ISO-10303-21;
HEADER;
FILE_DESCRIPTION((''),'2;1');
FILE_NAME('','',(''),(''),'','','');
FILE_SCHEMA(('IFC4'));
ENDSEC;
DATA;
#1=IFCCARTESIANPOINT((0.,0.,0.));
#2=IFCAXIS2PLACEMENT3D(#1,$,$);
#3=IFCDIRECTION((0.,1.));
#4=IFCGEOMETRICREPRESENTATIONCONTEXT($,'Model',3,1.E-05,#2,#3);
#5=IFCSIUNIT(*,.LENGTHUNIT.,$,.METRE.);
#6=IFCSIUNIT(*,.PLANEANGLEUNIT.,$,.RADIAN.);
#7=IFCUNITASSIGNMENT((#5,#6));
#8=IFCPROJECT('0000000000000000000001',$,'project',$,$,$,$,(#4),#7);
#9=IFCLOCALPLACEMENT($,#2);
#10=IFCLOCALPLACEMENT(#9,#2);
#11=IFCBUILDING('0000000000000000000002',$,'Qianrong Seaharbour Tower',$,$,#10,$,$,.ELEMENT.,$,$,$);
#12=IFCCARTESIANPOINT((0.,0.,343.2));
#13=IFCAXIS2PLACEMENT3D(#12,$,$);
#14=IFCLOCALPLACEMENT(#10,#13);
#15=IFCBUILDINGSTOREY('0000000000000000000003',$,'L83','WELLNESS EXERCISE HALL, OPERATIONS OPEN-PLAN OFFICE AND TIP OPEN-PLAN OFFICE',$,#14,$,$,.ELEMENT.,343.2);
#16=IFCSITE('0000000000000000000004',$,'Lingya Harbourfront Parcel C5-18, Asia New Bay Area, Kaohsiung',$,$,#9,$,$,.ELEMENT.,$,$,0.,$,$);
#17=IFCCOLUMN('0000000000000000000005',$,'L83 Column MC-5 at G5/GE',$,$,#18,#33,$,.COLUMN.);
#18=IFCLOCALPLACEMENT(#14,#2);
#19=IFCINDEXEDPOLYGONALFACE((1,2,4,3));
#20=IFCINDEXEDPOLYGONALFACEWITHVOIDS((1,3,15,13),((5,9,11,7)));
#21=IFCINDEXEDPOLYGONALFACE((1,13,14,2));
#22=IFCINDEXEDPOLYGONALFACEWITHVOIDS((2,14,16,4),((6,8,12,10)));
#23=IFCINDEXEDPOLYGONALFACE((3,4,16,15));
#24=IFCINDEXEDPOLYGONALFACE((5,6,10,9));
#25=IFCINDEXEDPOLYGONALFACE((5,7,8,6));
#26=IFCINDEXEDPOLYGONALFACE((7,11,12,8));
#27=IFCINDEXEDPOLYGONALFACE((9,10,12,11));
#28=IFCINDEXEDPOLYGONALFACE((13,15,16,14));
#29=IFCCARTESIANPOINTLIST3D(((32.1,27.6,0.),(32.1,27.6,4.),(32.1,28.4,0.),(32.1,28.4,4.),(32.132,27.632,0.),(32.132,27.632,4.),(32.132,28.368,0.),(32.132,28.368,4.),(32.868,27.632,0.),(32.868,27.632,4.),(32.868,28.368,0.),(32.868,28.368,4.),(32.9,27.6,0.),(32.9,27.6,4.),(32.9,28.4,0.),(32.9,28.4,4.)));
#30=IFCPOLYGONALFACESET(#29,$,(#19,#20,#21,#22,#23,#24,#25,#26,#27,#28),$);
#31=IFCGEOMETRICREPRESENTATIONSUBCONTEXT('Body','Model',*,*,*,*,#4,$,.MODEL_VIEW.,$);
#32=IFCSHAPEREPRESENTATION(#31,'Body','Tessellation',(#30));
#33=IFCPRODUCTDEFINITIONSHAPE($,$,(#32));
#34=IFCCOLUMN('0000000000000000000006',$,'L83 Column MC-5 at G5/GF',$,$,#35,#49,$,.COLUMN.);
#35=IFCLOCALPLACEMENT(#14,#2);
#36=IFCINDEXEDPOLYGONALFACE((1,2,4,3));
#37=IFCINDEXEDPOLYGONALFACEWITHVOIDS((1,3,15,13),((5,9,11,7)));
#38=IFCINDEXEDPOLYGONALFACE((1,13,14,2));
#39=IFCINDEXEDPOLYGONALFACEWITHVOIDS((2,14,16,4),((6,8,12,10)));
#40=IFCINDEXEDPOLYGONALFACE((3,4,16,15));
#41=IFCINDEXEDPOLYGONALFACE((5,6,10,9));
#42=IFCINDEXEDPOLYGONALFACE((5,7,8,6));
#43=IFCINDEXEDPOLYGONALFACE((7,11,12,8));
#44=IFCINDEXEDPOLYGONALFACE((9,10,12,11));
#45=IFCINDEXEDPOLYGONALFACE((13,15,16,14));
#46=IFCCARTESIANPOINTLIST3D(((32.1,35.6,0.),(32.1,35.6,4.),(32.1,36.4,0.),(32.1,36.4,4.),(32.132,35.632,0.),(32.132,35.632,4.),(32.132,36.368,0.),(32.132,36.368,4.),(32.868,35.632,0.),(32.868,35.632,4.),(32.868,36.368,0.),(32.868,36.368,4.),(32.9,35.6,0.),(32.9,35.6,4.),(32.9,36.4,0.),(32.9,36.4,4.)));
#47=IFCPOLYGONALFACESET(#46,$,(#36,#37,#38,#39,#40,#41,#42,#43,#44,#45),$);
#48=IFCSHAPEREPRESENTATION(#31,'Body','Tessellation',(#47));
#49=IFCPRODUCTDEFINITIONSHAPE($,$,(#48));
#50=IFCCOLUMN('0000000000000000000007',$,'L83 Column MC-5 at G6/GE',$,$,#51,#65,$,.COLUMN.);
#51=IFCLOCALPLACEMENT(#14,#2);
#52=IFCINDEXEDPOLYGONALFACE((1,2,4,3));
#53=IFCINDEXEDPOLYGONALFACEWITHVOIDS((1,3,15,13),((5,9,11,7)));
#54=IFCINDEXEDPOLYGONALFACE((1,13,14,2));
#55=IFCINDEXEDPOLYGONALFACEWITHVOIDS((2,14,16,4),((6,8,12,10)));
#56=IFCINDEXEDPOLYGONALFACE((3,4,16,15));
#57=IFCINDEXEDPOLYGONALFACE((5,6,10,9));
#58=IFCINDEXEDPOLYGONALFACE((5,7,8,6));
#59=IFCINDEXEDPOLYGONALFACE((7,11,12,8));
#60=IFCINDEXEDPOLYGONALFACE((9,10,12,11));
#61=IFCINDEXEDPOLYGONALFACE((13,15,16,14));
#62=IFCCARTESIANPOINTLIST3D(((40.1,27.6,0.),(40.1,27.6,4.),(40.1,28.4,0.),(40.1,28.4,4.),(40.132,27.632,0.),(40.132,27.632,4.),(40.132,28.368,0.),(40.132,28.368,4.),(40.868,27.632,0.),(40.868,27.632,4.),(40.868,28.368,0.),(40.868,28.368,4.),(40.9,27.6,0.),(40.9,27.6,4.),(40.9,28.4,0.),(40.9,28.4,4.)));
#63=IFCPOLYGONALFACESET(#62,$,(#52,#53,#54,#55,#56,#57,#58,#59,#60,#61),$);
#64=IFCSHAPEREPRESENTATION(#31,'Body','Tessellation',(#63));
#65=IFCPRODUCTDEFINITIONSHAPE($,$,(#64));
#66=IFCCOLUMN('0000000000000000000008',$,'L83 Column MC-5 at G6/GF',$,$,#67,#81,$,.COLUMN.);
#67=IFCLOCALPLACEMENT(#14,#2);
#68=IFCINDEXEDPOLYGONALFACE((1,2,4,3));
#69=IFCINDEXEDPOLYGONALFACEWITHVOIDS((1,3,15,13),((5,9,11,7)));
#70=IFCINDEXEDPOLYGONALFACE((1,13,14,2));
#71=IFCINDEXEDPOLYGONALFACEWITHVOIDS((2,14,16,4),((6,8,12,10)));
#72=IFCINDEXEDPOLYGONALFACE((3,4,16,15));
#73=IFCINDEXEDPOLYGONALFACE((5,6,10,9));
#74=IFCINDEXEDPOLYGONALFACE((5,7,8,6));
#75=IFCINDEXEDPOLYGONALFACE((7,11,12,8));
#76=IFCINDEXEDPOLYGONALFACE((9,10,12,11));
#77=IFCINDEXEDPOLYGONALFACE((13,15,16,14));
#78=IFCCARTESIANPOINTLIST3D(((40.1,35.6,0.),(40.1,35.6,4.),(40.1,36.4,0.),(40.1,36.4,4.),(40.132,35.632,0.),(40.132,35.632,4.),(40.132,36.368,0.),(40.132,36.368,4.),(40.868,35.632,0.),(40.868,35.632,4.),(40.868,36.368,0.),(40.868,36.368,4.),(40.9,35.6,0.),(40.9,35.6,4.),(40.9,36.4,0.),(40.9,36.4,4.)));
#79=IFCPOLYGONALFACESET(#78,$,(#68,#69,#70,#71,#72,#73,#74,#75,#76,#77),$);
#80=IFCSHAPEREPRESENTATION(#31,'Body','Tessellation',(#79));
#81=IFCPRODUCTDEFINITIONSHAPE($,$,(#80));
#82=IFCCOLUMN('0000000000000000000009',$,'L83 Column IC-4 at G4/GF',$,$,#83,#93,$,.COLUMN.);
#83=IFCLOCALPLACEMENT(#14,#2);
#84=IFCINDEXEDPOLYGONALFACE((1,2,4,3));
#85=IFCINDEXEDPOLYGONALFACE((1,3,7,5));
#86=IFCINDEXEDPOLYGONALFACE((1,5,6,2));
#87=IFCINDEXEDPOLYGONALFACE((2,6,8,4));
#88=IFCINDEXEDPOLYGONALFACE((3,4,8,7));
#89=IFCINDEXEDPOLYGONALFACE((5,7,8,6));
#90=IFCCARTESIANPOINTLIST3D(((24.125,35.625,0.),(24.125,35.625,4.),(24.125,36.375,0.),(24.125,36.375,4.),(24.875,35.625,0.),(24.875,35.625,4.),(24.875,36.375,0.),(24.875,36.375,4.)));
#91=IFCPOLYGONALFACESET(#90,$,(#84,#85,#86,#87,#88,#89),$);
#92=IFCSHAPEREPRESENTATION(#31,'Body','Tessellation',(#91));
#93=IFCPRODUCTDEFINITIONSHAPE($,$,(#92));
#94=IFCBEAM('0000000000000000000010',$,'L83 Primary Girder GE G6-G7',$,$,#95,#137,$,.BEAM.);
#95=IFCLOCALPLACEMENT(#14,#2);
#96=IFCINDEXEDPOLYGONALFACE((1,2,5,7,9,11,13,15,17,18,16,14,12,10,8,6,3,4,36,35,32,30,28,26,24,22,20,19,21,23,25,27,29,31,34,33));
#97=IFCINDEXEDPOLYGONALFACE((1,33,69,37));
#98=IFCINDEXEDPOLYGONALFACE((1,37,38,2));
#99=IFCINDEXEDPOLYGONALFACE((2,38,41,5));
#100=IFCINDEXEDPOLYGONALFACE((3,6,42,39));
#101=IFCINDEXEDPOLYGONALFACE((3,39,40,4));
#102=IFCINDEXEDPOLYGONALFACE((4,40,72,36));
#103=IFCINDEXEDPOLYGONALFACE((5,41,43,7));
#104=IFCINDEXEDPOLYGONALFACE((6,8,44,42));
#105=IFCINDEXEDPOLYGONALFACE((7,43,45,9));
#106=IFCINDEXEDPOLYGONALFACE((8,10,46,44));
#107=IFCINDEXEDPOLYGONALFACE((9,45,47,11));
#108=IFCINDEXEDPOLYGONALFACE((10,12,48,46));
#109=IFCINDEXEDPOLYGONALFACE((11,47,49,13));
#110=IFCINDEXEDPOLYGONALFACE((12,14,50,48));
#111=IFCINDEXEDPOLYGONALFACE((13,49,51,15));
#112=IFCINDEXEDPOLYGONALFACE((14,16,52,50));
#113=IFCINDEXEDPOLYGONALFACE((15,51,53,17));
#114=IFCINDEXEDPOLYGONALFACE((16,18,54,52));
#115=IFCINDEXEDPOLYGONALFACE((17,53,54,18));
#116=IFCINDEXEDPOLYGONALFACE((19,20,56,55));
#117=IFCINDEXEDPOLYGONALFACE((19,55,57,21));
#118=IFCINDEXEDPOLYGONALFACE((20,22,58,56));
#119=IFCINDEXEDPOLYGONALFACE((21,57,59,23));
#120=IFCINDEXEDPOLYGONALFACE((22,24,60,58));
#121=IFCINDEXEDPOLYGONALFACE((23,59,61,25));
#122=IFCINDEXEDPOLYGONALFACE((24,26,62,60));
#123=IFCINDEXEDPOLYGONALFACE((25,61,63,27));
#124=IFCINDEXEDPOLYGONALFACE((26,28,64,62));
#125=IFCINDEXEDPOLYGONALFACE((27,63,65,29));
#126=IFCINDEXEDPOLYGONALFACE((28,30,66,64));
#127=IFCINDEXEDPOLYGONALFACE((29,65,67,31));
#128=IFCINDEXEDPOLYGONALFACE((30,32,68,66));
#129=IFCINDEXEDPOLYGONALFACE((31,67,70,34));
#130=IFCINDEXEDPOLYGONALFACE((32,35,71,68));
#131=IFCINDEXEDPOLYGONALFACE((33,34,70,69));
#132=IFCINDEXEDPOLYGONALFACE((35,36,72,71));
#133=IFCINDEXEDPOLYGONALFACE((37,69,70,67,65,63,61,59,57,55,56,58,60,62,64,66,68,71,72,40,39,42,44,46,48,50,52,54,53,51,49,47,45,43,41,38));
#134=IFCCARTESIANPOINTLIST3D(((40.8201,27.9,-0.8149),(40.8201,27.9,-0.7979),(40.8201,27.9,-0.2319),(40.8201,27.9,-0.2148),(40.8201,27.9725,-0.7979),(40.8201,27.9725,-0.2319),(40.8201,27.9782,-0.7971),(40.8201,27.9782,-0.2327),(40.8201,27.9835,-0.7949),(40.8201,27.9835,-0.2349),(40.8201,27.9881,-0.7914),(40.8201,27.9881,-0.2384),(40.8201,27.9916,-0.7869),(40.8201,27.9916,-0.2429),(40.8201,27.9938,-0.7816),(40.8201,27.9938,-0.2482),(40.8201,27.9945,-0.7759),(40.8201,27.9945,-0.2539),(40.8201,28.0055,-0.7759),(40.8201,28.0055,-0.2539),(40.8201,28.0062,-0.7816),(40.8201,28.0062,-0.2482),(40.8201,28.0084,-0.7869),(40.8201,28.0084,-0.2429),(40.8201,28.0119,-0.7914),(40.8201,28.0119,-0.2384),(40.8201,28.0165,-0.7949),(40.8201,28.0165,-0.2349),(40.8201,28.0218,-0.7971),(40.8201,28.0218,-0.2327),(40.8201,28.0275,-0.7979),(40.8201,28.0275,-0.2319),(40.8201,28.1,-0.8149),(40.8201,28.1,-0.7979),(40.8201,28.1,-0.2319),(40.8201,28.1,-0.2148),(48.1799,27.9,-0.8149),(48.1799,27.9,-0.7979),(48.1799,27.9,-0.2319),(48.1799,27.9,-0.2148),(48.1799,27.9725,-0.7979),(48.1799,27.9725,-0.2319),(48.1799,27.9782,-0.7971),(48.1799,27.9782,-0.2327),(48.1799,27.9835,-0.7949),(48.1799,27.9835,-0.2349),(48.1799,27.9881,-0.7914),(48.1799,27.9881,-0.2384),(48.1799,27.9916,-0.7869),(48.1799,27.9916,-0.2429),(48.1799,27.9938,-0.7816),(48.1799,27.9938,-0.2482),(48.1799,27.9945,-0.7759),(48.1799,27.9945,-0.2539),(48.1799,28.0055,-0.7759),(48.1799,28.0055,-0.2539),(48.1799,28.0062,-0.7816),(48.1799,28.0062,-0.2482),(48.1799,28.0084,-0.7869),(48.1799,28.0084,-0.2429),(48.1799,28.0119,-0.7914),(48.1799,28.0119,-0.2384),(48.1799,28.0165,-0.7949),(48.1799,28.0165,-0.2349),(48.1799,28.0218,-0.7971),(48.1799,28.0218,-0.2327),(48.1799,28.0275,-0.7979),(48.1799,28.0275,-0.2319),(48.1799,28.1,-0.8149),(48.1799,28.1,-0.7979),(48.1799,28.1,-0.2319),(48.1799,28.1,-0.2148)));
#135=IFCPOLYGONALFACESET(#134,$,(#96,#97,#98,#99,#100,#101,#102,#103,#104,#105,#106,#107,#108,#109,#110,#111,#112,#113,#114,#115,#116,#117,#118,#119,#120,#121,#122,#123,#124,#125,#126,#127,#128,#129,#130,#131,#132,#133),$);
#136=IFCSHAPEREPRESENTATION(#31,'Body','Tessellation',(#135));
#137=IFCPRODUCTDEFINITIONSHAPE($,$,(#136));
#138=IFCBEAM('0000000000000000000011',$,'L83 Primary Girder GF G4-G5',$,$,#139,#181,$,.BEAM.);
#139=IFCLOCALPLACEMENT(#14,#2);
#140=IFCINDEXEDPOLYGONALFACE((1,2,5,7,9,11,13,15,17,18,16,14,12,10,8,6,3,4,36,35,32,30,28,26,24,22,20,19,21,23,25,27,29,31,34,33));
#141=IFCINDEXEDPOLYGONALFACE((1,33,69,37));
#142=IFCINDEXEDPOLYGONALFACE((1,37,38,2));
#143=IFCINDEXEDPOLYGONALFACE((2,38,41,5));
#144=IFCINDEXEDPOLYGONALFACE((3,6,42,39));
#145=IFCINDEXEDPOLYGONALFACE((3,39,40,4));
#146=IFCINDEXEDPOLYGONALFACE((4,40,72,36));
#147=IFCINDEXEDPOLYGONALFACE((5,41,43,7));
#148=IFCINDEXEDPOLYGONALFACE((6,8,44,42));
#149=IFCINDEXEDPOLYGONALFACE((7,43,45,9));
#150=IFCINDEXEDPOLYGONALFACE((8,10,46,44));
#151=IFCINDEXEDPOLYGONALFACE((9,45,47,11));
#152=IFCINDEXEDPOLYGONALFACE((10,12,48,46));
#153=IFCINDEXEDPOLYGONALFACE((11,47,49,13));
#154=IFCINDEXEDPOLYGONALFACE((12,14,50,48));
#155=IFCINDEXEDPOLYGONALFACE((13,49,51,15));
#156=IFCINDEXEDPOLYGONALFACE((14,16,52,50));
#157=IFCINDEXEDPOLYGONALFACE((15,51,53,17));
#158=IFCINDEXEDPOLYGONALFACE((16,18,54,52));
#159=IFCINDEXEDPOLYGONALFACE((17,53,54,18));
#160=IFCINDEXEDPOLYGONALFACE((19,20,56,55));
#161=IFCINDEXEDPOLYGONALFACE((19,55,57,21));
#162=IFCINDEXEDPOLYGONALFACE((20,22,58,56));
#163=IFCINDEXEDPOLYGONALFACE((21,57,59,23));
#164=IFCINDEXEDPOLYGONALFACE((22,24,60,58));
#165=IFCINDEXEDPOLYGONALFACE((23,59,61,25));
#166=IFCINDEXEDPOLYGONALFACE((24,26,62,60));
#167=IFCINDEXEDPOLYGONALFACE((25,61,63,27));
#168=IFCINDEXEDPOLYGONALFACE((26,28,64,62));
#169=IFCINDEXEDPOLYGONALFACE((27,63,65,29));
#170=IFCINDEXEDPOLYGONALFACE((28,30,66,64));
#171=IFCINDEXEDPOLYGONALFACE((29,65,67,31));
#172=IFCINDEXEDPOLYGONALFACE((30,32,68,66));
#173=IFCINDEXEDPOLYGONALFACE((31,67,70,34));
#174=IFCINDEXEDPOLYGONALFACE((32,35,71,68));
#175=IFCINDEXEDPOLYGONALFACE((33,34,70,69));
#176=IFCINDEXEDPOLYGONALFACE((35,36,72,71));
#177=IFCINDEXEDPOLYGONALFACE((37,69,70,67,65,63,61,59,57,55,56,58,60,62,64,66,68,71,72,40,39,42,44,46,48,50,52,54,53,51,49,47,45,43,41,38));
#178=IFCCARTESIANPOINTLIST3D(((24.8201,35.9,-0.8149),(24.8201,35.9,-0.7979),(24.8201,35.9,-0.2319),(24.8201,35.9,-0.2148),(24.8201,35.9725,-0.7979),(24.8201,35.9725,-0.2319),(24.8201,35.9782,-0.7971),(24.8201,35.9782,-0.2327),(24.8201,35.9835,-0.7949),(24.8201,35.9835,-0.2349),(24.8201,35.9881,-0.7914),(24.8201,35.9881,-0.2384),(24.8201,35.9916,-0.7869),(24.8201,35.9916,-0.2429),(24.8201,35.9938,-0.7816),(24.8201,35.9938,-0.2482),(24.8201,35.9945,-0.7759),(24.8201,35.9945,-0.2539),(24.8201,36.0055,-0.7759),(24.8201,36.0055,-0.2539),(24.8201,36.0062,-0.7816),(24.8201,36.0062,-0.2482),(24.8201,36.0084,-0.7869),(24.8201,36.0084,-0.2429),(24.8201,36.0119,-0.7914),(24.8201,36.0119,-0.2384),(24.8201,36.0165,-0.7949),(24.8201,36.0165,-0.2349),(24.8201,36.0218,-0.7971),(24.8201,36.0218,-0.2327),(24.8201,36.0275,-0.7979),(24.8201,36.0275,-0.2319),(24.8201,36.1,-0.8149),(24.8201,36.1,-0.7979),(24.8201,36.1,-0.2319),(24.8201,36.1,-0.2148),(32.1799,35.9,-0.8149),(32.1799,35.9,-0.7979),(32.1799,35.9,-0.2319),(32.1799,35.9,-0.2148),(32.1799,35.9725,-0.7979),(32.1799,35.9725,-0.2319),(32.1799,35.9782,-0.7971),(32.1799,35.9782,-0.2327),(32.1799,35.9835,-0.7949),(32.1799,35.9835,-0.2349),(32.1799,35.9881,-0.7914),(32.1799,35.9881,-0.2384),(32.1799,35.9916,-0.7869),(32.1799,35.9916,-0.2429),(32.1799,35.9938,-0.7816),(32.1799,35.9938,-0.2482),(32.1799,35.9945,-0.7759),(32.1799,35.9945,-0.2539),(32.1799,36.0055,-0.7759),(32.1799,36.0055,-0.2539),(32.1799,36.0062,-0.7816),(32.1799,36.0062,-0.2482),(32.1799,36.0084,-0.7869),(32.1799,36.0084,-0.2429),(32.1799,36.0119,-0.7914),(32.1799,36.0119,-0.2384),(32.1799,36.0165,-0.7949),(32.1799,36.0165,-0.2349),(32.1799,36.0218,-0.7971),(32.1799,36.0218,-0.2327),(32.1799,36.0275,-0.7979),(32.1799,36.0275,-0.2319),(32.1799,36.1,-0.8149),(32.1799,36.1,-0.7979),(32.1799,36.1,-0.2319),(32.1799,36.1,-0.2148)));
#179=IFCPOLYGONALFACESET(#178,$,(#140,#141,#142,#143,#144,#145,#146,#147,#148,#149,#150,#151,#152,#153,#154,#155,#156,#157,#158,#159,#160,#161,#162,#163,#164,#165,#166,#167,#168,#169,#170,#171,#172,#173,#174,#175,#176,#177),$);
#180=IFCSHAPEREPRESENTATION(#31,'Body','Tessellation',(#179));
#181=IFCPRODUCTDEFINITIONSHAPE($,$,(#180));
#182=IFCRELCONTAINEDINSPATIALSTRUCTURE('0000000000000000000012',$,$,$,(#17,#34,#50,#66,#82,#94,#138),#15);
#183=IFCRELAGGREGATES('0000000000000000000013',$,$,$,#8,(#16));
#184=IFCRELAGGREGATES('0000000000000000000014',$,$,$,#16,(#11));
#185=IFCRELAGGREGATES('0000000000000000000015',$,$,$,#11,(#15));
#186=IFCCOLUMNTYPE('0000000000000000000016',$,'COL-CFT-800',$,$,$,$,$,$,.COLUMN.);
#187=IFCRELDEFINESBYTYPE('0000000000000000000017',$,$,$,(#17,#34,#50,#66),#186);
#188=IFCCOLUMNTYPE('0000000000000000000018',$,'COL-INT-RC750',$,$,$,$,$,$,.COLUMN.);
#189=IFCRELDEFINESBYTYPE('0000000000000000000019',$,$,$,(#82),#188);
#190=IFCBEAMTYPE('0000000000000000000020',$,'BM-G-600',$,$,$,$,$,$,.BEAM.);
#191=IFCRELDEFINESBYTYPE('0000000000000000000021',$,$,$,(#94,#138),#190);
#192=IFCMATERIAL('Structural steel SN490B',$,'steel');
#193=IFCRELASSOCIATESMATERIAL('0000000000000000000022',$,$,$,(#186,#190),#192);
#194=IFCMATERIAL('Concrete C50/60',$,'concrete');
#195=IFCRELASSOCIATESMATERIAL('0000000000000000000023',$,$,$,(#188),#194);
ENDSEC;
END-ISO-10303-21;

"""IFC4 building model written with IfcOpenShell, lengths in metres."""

from ifc_helpers import new_model, si_unit, direction, frame, origin, origin_2d, place, context, subcontext, project, spatial, rectangle, hollow_rectangle, i_section, extrude, material, material_profile, profile_set, type_object, element, save


model = new_model("IFC4")

# Units and contexts
model_context = context("Model", 3, precision=1e-05, world=origin(), true_north=direction((0.0, 1.0)))
body_context = subcontext(model_context, "Body", "Model", "MODEL_VIEW")
ifc_project = project(units=[si_unit("LENGTHUNIT", "METRE"), si_unit("PLANEANGLEUNIT", "RADIAN")], contexts=[model_context])

# Site, building, storey
site_placement = place(None, origin())
site = spatial("IfcSite", under=ifc_project, at=site_placement, Name="Lingya Harbourfront Parcel C5-18, Asia New Bay Area, Kaohsiung", CompositionType="ELEMENT", RefElevation=0.0)
building_placement = place(site_placement, origin())
building = spatial("IfcBuilding", under=site, at=building_placement, Name="Qianrong Seaharbour Tower", CompositionType="ELEMENT")
storey_placement = place(building_placement, frame((0.0, 0.0, 343.2)))
storey = spatial("IfcBuildingStorey", under=building, at=storey_placement, Name="L83", Description="WELLNESS EXERCISE HALL, OPERATIONS OPEN-PLAN OFFICE AND TIP OPEN-PLAN OFFICE", CompositionType="ELEMENT", Elevation=343.2)

# Columns
ifc_material_1 = material(Name="Structural steel SN490B", Category="steel")
ifc_material_profile_1 = material_profile(ifc_material_1, hollow_rectangle(XDim=0.8, YDim=0.8, WallThickness=0.032, at=origin_2d()), Name="BOX800x800x32")
ifc_profile_set_1 = profile_set([ifc_material_profile_1], Name="Structural steel SN490B")
column_type_1 = type_object("IfcColumnType", Name="COL-CFT-800", PredefinedType="COLUMN", material=ifc_profile_set_1)
for number, where, z_axis, x_axis, name in (
    (1, (32.5, 28.0, 0.0), (0.0, 0.0, 1.0), (1.0, 0.0, 0.0), "L83 Column MC-5 at G5/GE"),
    (2, (32.5, 36.0, 0.0), (0.0, 0.0, 1.0), (1.0, 0.0, 0.0), "L83 Column MC-5 at G5/GF"),
    (3, (40.5, 28.0, 0.0), (0.0, 0.0, 1.0), (1.0, 0.0, 0.0), "L83 Column MC-5 at G6/GE"),
    (4, (40.5, 36.0, 0.0), (0.0, 0.0, 1.0), (1.0, 0.0, 0.0), "L83 Column MC-5 at G6/GF"),
):
    element("IfcColumn", number, at=place(storey_placement, frame(where, z_axis=z_axis, x_axis=x_axis)), inside=storey, type_object=column_type_1, Name=name, PredefinedType="COLUMN", context=body_context, shape_type="SweptSolid", body=[
        extrude(hollow_rectangle(XDim=0.8, YDim=0.8, WallThickness=0.032, at=origin_2d()), origin(), (0.0, 0.0, 1.0), 4.0),
    ])
ifc_material_2 = material(Name="Concrete C50/60", Category="concrete")
ifc_material_profile_2 = material_profile(ifc_material_2, rectangle(XDim=0.75, YDim=0.75, at=origin_2d()), Name="RC750x750")
ifc_profile_set_2 = profile_set([ifc_material_profile_2], Name="Concrete C50/60")
column_type_2 = type_object("IfcColumnType", Name="COL-INT-RC750", PredefinedType="COLUMN", material=ifc_profile_set_2)
column_placement = place(storey_placement, frame((24.5, 36.0, 0.0), z_axis=(0.0, 0.0, 1.0), x_axis=(1.0, 0.0, 0.0)))
element("IfcColumn", 5, at=column_placement, inside=storey, type_object=column_type_2, Name="L83 Column IC-4 at G4/GF", PredefinedType="COLUMN", context=body_context, shape_type="SweptSolid", body=[
    extrude(rectangle(XDim=0.75, YDim=0.75, at=origin_2d()), origin(), (0.0, 0.0, 1.0), 4.0),
])

# Beams
ifc_material_profile_3 = material_profile(ifc_material_1, i_section(OverallWidth=0.2, OverallDepth=0.6001, WebThickness=0.011, FlangeThickness=0.0171, FilletRadius=0.022, at=origin_2d()), Name="H600x200x11x17")
ifc_profile_set_3 = profile_set([ifc_material_profile_3], Name="Structural steel SN490B")
beam_type_1 = type_object("IfcBeamType", Name="BM-G-600", PredefinedType="BEAM", material=ifc_profile_set_3)
for number, where, z_axis, x_axis, name in (
    (6, (40.8201, 28.0, -0.5149), (1.0, 0.0, 0.0), (0.0, 1.0, 0.0), "L83 Primary Girder GE G6-G7"),
    (7, (24.8201, 36.0, -0.5149), (1.0, 0.0, 0.0), (0.0, 1.0, 0.0), "L83 Primary Girder GF G4-G5"),
):
    element("IfcBeam", number, at=place(storey_placement, frame(where, z_axis=z_axis, x_axis=x_axis)), inside=storey, type_object=beam_type_1, Name=name, PredefinedType="BEAM", context=body_context, shape_type="SweptSolid", body=[
        extrude(i_section(OverallWidth=0.2, OverallDepth=0.6001, WebThickness=0.011, FlangeThickness=0.0171, FilletRadius=0.022, at=origin_2d()), origin(), (0.0, 0.0, 1.0), 7.3599),
    ])

save(model, "model.ifc")
